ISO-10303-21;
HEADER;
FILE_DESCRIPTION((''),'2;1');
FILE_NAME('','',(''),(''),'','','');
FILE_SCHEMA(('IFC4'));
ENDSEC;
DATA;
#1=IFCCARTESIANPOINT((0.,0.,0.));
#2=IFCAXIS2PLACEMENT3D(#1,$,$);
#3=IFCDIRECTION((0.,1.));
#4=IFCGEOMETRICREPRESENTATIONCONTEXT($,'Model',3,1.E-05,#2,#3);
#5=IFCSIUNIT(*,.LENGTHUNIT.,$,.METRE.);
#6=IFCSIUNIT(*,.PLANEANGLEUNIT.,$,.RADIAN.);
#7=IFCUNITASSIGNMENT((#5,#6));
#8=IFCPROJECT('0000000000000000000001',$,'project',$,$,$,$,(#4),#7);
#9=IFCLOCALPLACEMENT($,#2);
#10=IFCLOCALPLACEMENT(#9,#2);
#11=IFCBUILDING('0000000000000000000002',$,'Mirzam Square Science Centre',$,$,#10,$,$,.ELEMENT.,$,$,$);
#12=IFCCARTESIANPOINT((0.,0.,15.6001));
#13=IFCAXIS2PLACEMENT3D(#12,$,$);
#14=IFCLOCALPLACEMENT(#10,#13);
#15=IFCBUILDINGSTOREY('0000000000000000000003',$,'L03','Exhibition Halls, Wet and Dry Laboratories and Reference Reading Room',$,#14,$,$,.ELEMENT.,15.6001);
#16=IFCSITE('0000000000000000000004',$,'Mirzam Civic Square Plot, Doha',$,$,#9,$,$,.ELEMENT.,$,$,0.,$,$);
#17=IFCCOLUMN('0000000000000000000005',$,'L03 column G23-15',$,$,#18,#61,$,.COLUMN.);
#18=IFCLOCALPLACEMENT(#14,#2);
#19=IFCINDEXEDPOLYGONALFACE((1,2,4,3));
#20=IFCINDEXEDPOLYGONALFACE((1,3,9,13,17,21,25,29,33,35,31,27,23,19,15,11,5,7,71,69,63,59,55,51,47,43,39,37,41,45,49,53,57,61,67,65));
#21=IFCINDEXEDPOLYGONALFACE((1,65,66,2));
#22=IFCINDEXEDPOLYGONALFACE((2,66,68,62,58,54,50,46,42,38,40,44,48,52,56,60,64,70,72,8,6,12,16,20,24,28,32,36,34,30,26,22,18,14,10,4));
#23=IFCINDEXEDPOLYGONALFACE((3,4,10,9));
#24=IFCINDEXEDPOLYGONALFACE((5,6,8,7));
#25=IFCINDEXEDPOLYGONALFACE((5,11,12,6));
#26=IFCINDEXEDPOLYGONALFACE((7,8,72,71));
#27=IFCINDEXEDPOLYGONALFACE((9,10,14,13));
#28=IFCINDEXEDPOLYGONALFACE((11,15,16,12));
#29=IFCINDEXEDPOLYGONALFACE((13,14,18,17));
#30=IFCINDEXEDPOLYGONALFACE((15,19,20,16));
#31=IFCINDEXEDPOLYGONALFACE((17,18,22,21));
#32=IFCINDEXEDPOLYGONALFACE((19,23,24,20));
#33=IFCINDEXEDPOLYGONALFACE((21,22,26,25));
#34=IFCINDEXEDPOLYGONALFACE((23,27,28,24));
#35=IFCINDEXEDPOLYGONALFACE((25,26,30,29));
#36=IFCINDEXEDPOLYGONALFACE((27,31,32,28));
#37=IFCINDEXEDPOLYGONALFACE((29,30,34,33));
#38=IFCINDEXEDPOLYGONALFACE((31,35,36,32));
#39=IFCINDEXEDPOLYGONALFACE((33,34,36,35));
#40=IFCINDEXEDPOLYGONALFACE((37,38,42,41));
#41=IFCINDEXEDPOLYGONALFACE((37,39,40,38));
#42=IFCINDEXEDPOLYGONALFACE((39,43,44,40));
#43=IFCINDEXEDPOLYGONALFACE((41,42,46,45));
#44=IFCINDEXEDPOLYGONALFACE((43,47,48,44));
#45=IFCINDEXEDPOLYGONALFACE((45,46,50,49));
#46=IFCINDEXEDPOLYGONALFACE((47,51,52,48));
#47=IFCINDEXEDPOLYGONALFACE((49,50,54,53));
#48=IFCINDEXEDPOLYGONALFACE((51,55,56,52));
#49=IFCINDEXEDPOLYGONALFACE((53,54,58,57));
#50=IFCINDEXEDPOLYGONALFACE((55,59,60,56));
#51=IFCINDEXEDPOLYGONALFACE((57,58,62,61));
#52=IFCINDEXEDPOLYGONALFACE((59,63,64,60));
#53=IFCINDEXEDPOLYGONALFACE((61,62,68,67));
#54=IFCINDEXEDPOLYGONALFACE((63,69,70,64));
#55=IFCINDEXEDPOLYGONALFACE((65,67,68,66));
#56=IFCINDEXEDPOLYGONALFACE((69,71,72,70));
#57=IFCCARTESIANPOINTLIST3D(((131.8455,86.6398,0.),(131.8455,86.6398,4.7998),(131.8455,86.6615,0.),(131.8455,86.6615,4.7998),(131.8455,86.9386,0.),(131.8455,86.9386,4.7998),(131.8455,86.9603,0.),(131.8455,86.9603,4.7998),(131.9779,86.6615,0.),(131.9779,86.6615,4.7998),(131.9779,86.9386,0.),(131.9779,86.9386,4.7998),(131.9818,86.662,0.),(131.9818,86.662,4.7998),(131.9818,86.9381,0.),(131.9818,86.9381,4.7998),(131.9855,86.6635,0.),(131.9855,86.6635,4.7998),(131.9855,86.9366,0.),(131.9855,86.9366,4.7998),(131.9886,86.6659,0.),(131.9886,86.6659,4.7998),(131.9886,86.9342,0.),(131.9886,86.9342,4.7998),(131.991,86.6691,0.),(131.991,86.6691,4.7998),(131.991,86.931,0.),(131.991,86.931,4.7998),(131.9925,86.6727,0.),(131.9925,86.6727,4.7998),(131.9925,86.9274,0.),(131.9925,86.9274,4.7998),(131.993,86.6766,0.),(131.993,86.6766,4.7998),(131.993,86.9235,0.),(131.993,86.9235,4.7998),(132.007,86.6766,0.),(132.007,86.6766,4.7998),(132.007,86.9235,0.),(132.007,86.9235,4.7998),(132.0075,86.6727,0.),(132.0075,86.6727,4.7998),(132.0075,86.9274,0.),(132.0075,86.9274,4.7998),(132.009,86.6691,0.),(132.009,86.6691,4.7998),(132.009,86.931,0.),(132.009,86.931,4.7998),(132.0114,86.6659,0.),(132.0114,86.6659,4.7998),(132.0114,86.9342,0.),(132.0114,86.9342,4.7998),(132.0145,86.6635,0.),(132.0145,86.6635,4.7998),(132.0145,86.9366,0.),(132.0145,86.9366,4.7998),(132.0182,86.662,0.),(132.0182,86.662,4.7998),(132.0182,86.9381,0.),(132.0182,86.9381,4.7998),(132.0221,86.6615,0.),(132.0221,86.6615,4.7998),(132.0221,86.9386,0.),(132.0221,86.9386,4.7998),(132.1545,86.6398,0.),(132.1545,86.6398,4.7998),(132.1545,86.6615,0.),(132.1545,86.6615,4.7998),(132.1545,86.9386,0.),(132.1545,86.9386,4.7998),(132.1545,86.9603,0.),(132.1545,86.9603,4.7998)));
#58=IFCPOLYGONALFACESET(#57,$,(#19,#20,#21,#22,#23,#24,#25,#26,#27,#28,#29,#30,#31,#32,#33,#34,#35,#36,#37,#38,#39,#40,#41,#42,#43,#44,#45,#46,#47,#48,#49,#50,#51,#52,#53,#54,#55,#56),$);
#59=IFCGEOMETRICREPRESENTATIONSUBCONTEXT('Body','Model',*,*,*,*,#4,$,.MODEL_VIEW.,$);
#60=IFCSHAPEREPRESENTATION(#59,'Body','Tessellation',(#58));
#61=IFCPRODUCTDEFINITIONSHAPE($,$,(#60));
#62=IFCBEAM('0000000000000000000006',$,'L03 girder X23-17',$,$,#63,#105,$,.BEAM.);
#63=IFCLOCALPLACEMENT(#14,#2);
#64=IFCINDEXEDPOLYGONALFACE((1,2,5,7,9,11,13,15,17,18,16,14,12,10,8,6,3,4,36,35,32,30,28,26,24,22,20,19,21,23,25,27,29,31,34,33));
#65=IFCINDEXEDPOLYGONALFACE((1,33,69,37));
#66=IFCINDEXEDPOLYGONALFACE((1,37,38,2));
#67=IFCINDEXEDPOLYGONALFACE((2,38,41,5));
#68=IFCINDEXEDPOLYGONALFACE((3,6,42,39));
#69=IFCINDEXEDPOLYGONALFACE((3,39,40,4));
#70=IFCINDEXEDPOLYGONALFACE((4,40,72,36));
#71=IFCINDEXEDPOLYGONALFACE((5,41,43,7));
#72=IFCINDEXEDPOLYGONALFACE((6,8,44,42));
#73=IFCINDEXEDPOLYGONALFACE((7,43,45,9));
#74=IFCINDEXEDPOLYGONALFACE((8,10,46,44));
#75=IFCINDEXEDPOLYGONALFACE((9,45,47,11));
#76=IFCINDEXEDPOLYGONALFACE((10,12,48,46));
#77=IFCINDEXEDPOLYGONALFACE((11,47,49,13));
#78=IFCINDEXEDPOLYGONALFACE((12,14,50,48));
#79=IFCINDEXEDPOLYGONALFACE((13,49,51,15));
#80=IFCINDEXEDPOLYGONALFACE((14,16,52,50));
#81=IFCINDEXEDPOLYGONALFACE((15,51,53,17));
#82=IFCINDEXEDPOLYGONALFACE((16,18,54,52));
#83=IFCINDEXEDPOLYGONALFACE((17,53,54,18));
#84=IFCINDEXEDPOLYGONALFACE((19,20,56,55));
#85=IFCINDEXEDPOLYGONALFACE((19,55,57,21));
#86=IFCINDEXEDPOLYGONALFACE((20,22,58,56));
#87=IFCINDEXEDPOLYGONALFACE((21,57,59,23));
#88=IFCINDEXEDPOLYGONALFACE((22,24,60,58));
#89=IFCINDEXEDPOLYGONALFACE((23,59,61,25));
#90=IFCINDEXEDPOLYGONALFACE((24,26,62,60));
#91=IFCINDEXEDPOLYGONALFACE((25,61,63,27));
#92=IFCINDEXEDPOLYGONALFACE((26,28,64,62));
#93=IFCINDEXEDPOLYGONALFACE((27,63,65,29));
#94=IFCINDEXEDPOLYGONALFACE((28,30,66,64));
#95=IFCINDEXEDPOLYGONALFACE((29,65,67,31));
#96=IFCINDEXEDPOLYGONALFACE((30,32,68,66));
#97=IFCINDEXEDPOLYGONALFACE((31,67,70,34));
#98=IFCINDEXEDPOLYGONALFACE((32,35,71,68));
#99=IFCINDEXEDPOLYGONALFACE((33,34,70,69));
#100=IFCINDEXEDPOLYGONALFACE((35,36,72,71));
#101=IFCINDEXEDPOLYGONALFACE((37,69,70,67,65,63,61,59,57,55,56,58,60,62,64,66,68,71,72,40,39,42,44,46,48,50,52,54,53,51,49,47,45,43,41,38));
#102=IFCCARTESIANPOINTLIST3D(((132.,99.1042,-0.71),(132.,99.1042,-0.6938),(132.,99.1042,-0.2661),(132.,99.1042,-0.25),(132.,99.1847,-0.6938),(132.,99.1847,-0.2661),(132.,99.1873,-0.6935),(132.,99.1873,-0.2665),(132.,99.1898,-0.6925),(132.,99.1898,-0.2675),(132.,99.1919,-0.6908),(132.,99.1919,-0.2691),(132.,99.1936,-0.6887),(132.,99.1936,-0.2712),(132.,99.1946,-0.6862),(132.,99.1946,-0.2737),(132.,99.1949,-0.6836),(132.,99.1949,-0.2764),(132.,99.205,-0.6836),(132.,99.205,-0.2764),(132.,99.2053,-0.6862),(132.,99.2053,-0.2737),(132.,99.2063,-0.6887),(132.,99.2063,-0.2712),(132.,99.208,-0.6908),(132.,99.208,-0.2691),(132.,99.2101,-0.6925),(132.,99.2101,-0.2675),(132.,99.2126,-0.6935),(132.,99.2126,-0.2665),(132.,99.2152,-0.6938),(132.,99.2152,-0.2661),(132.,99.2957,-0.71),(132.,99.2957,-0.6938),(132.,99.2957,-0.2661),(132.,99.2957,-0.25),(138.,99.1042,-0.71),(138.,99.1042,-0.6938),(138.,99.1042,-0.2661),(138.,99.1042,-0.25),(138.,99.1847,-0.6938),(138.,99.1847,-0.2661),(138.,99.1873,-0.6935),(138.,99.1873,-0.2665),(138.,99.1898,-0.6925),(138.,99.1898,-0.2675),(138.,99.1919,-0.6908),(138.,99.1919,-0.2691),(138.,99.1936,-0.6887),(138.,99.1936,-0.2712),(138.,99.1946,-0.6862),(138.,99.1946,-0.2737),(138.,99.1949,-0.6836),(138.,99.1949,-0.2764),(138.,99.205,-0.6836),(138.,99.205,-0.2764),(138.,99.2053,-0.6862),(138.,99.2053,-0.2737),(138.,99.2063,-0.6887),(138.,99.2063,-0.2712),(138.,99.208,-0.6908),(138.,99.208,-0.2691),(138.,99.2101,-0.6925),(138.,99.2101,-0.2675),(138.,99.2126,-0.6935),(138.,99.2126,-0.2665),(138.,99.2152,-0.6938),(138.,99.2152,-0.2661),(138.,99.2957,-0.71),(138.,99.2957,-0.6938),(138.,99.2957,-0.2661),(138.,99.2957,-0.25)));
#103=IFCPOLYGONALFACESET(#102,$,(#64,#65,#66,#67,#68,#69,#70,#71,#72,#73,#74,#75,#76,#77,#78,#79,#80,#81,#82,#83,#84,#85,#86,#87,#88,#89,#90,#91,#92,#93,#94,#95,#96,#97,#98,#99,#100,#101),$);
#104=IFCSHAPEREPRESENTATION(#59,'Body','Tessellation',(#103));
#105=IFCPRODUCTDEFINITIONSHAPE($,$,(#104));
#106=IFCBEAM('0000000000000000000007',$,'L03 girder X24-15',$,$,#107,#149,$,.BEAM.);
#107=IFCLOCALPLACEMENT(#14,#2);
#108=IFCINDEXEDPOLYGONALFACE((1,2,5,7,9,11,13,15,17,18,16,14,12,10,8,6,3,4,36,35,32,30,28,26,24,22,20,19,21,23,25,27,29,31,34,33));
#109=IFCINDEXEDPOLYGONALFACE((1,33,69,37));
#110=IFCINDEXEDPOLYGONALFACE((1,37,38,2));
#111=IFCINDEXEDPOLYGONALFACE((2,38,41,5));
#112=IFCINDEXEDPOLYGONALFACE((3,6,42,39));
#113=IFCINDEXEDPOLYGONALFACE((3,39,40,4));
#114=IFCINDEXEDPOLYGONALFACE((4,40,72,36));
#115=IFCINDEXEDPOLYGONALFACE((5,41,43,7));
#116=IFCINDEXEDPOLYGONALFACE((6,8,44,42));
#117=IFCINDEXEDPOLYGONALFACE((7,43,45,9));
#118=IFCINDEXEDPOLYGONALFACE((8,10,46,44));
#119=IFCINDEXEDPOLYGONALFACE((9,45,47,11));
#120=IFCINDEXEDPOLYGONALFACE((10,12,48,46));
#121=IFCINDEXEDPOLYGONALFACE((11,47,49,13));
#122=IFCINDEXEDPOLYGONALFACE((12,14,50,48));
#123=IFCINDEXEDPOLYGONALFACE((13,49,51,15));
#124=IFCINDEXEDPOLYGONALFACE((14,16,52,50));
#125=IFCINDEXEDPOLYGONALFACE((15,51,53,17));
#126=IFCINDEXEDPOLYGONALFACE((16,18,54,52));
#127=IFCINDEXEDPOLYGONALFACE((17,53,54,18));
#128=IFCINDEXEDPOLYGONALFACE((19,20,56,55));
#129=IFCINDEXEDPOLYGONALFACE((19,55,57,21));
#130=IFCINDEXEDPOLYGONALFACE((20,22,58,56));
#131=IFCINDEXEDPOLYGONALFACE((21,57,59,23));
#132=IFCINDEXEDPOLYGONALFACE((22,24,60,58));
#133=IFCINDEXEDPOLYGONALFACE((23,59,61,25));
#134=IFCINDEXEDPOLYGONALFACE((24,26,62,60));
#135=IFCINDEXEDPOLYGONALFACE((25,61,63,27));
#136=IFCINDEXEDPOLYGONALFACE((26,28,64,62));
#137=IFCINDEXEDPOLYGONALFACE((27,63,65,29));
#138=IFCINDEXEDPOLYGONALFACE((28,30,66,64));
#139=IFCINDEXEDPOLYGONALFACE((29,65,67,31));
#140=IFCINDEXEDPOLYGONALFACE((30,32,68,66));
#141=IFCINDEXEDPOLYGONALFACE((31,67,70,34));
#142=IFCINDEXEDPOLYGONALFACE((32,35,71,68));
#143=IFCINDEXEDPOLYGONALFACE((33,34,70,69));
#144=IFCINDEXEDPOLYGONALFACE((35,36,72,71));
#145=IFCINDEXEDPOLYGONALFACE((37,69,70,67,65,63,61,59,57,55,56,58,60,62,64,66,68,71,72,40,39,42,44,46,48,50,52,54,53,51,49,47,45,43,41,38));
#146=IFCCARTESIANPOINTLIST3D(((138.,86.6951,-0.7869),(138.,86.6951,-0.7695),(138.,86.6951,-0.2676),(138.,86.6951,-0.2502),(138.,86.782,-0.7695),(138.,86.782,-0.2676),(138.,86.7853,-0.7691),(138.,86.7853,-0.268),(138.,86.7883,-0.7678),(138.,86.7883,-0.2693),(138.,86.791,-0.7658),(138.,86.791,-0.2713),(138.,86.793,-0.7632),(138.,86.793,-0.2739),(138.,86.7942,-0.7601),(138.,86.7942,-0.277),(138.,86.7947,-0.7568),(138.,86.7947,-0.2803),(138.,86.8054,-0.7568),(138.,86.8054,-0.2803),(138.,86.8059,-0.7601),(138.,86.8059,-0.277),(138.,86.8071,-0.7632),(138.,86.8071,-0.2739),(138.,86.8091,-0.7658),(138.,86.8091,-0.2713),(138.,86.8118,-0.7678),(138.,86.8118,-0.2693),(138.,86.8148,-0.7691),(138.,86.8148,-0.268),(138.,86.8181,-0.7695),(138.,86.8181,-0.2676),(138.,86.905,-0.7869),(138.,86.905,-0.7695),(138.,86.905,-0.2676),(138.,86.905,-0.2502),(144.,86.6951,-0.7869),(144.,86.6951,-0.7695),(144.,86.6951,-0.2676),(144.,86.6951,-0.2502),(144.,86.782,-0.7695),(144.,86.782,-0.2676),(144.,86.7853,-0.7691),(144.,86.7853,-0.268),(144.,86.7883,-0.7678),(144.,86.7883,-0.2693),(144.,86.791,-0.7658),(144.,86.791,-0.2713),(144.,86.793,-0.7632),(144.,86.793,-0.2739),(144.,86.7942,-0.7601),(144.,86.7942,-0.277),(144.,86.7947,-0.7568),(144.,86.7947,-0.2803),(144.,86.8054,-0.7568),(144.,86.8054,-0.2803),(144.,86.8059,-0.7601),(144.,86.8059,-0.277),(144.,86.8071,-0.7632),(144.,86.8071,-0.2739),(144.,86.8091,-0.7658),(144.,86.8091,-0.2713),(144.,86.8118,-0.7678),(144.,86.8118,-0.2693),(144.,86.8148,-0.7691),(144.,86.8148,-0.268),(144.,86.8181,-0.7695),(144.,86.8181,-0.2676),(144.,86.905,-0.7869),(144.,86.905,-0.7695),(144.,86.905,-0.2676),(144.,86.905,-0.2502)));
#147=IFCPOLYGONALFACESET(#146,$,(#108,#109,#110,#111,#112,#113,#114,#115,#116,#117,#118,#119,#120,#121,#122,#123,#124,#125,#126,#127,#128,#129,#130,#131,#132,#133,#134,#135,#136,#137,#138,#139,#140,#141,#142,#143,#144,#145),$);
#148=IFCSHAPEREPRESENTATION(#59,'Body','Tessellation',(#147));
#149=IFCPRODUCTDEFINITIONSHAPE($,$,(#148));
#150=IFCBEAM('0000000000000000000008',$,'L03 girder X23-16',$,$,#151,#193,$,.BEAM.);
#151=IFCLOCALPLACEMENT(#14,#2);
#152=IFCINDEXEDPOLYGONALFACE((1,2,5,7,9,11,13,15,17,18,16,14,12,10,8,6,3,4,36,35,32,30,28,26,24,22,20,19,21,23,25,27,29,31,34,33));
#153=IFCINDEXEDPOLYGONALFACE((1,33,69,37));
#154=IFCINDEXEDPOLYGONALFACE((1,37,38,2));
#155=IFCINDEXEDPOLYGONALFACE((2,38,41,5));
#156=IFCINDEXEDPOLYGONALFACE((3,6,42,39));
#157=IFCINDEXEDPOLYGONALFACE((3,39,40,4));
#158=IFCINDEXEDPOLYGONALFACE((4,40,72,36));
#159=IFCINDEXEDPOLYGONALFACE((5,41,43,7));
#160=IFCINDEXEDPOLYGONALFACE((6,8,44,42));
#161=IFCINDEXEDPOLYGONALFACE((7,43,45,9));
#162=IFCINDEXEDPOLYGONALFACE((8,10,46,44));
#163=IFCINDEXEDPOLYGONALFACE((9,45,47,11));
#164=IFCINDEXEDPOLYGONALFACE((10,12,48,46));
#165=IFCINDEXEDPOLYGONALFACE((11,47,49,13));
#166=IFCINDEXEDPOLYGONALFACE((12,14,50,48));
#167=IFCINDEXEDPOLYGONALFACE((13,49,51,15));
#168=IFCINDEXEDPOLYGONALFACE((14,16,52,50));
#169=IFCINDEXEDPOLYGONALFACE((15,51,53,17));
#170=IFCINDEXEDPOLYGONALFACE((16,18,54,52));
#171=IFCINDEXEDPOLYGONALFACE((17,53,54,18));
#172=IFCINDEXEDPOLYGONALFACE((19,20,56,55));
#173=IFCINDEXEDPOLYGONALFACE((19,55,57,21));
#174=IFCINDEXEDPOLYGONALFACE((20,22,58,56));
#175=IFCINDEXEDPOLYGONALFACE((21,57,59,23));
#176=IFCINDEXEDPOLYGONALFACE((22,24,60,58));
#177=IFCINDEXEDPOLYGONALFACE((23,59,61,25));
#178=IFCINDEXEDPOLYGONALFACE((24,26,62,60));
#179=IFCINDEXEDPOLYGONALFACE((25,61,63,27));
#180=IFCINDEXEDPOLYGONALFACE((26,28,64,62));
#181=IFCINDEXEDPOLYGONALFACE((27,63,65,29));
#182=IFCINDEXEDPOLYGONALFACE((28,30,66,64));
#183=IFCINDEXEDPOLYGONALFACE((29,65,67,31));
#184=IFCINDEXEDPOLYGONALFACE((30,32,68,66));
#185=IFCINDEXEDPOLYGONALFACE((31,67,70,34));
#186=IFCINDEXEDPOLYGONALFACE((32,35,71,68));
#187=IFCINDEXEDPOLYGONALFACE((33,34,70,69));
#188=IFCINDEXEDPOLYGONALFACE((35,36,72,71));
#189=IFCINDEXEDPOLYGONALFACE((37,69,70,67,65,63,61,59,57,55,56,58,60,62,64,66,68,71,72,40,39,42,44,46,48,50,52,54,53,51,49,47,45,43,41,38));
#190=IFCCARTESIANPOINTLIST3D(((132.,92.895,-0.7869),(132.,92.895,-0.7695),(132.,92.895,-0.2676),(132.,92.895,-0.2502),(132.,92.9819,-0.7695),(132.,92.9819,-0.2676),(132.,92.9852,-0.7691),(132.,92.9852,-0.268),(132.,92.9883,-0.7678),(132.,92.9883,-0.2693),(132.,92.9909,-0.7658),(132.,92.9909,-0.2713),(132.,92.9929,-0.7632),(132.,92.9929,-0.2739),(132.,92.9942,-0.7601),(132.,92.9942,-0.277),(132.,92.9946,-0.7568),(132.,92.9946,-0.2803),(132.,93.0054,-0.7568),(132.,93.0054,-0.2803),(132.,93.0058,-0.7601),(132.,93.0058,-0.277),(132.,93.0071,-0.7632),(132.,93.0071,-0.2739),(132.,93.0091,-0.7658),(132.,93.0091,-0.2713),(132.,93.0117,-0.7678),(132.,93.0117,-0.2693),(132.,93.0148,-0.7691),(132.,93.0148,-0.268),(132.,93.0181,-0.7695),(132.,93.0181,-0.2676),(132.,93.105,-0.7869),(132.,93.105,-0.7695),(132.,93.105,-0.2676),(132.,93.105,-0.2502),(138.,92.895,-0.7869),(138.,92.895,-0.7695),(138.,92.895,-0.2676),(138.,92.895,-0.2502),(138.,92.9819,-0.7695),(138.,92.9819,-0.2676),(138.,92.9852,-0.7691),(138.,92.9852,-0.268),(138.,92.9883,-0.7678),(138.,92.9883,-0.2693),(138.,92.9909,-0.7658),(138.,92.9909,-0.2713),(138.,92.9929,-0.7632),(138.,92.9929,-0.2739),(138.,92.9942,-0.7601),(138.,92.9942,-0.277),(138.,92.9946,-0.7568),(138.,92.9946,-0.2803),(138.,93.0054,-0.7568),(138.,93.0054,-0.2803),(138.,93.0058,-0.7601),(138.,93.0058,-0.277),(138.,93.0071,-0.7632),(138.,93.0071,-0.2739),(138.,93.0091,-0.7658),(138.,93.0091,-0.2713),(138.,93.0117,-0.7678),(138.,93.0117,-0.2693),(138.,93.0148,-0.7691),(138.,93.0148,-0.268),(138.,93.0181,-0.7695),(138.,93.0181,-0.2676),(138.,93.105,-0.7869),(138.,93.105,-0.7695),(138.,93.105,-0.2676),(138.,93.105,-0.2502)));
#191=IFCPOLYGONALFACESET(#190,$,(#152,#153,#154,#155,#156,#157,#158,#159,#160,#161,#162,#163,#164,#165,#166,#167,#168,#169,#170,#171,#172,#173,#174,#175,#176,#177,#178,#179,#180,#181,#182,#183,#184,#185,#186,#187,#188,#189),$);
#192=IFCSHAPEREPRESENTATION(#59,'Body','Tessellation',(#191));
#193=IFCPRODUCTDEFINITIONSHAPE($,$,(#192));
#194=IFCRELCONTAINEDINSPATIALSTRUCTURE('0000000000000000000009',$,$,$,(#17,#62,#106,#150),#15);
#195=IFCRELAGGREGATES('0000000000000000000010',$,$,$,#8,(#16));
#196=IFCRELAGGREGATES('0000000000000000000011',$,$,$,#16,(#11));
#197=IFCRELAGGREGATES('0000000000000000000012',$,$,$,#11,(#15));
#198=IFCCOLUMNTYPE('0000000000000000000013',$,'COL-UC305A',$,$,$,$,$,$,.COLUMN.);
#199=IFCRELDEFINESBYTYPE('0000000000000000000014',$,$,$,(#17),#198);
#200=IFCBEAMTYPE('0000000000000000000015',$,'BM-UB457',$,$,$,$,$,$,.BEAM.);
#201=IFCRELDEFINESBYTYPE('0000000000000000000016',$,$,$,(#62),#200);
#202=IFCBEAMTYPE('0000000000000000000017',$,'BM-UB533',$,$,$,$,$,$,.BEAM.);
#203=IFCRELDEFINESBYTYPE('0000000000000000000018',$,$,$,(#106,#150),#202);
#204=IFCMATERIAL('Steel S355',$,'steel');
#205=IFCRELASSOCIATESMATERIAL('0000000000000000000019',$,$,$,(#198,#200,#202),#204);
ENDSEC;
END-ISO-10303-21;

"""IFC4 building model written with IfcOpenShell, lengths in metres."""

from ifc_helpers import new_model, si_unit, direction, frame, origin, origin_2d, place, context, subcontext, project, spatial, i_section, extrude, material, material_profile, profile_set, type_object, element, save


model = new_model("IFC4")

# Units and contexts
model_context = context("Model", 3, precision=1e-05, world=origin(), true_north=direction((0.0, 1.0)))
body_context = subcontext(model_context, "Body", "Model", "MODEL_VIEW")
ifc_project = project(units=[si_unit("LENGTHUNIT", "METRE"), si_unit("PLANEANGLEUNIT", "RADIAN")], contexts=[model_context])

# Site, building, storey
site_placement = place(None, origin())
site = spatial("IfcSite", under=ifc_project, at=site_placement, Name="Mirzam Civic Square Plot, Doha", CompositionType="ELEMENT", RefElevation=0.0)
building_placement = place(site_placement, origin())
building = spatial("IfcBuilding", under=site, at=building_placement, Name="Mirzam Square Science Centre", CompositionType="ELEMENT")
storey_placement = place(building_placement, frame((0.0, 0.0, 15.6001)))
storey = spatial("IfcBuildingStorey", under=building, at=storey_placement, Name="L03", Description="Exhibition Halls, Wet and Dry Laboratories and Reference Reading Room", CompositionType="ELEMENT", Elevation=15.6001)

# Column
ifc_material_1 = material(Name="Steel S355", Category="steel")
ifc_material_profile_1 = material_profile(ifc_material_1, i_section(OverallWidth=0.3091, OverallDepth=0.3206, WebThickness=0.0139, FlangeThickness=0.0217, FilletRadius=0.0151, at=origin_2d()), Name="305x305x137UC")
ifc_profile_set_1 = profile_set([ifc_material_profile_1], Name="Steel S355")
column_type_1 = type_object("IfcColumnType", Name="COL-UC305A", PredefinedType="COLUMN", material=ifc_profile_set_1)
column_1_placement = place(storey_placement, frame((132.0, 86.8, 0.0), z_axis=(0.0, 0.0, 1.0), x_axis=(1.0, 0.0, 0.0)))
element("IfcColumn", 1, at=column_1_placement, inside=storey, type_object=column_type_1, Name="L03 column G23-15", PredefinedType="COLUMN", context=body_context, shape_type="SweptSolid", body=[
    extrude(i_section(OverallWidth=0.3091, OverallDepth=0.3206, WebThickness=0.0139, FlangeThickness=0.0217, FilletRadius=0.0151, at=origin_2d()), origin(), (0.0, 0.0, 1.0), 4.7998),
])

# Beams
ifc_material_profile_2 = material_profile(ifc_material_1, i_section(OverallWidth=0.1914, OverallDepth=0.46, WebThickness=0.01, FlangeThickness=0.0161, FilletRadius=0.0103, at=origin_2d()), Name="457x191x82UB")
ifc_profile_set_2 = profile_set([ifc_material_profile_2], Name="Steel S355")
beam_type_1 = type_object("IfcBeamType", Name="BM-UB457", PredefinedType="BEAM", material=ifc_profile_set_2)
beam_1_placement = place(storey_placement, frame((132.0, 99.2, -0.48), z_axis=(1.0, 0.0, 0.0), x_axis=(0.0, 1.0, 0.0)))
element("IfcBeam", 2, at=beam_1_placement, inside=storey, type_object=beam_type_1, Name="L03 girder X23-17", PredefinedType="BEAM", context=body_context, shape_type="SweptSolid", body=[
    extrude(i_section(OverallWidth=0.1914, OverallDepth=0.46, WebThickness=0.01, FlangeThickness=0.0161, FilletRadius=0.0103, at=origin_2d()), origin(), (0.0, 0.0, 1.0), 6.0),
])
ifc_material_profile_3 = material_profile(ifc_material_1, i_section(OverallWidth=0.21, OverallDepth=0.5366, WebThickness=0.0107, FlangeThickness=0.0173, FilletRadius=0.0127, at=origin_2d()), Name="533x210x101UB")
ifc_profile_set_3 = profile_set([ifc_material_profile_3], Name="Steel S355")
beam_type_2 = type_object("IfcBeamType", Name="BM-UB533", PredefinedType="BEAM", material=ifc_profile_set_3)
for number, where, z_axis, x_axis, name in (
    (3, (138.0, 86.8, -0.5186), (1.0, 0.0, 0.0), (0.0, 1.0, 0.0), "L03 girder X24-15"),
    (4, (132.0, 93.0, -0.5186), (1.0, 0.0, 0.0), (0.0, 1.0, 0.0), "L03 girder X23-16"),
):
    element("IfcBeam", number, at=place(storey_placement, frame(where, z_axis=z_axis, x_axis=x_axis)), inside=storey, type_object=beam_type_2, Name=name, PredefinedType="BEAM", context=body_context, shape_type="SweptSolid", body=[
        extrude(i_section(OverallWidth=0.21, OverallDepth=0.5366, WebThickness=0.0107, FlangeThickness=0.0173, FilletRadius=0.0127, at=origin_2d()), origin(), (0.0, 0.0, 1.0), 6.0),
    ])

save(model, "model.ifc")
